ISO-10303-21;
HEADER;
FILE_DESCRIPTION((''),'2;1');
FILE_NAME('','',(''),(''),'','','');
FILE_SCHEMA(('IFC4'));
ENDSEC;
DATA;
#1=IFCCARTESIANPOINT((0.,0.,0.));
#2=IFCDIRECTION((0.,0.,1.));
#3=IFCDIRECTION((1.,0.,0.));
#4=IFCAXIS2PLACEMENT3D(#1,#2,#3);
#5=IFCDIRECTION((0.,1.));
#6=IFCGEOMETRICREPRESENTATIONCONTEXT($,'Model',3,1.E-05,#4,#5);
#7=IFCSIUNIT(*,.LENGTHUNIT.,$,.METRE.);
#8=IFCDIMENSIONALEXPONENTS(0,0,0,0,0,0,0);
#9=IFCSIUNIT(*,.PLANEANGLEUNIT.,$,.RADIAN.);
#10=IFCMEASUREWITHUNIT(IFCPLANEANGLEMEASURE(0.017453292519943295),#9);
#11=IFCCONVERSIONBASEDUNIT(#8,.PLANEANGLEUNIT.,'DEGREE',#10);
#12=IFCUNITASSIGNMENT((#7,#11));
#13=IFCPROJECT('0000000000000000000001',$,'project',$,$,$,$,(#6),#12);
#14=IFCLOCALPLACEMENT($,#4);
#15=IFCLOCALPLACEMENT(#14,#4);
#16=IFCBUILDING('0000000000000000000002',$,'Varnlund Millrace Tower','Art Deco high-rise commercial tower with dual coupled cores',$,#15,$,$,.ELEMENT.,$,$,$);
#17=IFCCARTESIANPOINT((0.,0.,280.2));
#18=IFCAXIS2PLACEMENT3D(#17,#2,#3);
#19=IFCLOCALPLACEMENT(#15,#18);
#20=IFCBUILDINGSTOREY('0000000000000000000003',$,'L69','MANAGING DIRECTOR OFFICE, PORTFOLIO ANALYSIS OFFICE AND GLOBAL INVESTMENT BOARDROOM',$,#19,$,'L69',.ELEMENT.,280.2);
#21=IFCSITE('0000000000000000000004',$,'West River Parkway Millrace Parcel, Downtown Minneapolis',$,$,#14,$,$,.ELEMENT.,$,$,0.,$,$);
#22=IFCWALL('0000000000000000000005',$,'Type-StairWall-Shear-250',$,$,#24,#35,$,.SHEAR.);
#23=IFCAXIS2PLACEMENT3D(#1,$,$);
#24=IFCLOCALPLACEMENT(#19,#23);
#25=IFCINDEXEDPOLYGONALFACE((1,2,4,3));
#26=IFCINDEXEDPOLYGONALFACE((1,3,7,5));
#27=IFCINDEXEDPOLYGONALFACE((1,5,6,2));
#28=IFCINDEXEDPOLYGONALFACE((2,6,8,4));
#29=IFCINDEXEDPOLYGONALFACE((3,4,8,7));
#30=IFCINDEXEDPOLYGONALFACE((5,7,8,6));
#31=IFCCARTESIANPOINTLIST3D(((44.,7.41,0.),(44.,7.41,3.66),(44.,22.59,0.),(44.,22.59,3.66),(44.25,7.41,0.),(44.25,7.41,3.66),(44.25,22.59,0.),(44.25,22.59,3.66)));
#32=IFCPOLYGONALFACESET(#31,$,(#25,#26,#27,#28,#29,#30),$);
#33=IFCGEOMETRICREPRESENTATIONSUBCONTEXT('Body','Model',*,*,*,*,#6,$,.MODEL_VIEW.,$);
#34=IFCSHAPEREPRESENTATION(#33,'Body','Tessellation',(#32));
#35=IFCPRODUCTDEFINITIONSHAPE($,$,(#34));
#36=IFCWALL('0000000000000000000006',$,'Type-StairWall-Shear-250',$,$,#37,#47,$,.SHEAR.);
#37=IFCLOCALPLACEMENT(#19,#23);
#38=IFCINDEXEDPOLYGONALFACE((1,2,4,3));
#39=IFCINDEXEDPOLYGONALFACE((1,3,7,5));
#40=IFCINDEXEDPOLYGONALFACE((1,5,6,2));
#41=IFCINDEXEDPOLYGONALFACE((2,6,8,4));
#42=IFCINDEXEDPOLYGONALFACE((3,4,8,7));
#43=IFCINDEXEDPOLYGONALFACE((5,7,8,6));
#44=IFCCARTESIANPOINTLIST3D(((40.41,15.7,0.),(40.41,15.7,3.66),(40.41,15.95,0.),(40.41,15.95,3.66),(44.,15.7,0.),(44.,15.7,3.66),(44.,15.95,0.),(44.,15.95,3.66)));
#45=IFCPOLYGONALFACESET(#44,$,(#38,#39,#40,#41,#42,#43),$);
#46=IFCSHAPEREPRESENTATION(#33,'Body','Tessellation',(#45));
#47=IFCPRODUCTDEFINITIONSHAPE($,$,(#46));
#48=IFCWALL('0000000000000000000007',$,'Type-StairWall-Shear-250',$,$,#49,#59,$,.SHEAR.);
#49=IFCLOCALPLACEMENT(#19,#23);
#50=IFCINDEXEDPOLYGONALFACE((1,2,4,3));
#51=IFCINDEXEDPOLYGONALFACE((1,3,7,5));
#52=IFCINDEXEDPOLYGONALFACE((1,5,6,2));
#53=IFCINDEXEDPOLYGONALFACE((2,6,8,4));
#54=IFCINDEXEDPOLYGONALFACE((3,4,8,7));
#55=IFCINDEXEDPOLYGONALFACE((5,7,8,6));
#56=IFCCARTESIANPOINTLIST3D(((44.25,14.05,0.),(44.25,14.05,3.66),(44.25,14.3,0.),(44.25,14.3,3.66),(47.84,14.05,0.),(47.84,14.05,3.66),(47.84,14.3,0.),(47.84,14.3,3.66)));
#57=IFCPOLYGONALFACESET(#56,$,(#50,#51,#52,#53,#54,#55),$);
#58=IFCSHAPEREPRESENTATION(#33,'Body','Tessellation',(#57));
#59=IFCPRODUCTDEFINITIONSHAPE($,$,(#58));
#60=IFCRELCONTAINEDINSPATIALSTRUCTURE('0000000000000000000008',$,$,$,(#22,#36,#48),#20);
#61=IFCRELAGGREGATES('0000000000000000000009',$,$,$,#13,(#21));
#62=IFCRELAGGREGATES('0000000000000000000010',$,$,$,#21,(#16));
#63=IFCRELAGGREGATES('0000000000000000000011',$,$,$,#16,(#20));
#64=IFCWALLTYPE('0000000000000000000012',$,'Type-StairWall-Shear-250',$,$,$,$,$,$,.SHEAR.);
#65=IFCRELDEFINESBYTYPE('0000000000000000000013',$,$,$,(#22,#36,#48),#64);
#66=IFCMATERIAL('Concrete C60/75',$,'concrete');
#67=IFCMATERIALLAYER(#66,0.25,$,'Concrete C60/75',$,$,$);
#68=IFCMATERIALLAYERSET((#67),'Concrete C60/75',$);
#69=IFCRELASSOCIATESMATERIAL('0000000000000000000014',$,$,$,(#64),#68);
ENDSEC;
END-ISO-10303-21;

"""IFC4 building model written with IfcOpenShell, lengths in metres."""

from ifc_helpers import new_model, entity, si_unit, converted_unit, direction, frame, origin_with_axes, place, context, subcontext, project, spatial, polyline, outline, extrude, material, layer, layer_set, type_object, element, save


model = new_model("IFC4")

# Units and contexts
model_context = context("Model", 3, precision=1e-05, world=origin_with_axes(), true_north=direction((0.0, 1.0)))
body_context = subcontext(model_context, "Body", "Model", "MODEL_VIEW")
ifc_project = project(units=[si_unit("LENGTHUNIT", "METRE"), converted_unit("PLANEANGLEUNIT", "DEGREE", entity("IfcPlaneAngleMeasure", 0.017453292519943295), si_unit("PLANEANGLEUNIT", "RADIAN"), dimensions=[0, 0, 0, 0, 0, 0, 0])], contexts=[model_context])

# Site, building, storey
site_placement = place(None, origin_with_axes())
site = spatial("IfcSite", under=ifc_project, at=site_placement, Name="West River Parkway Millrace Parcel, Downtown Minneapolis", CompositionType="ELEMENT", RefElevation=0.0)
building_placement = place(site_placement, origin_with_axes())
building = spatial("IfcBuilding", under=site, at=building_placement, Name="Varnlund Millrace Tower", Description="Art Deco high-rise commercial tower with dual coupled cores", CompositionType="ELEMENT")
storey_placement = place(building_placement, frame((0.0, 0.0, 280.2), z_axis=(0.0, 0.0, 1.0), x_axis=(1.0, 0.0, 0.0)))
storey = spatial("IfcBuildingStorey", under=building, at=storey_placement, Name="L69", Description="MANAGING DIRECTOR OFFICE, PORTFOLIO ANALYSIS OFFICE AND GLOBAL INVESTMENT BOARDROOM", LongName="L69", CompositionType="ELEMENT", Elevation=280.2)

# Shared definitions
ifc_material_1 = material(Name="Concrete C60/75", Category="concrete")

# Shared definitions
ifc_layer_1 = layer(ifc_material_1, 0.25, Name="Concrete C60/75")
ifc_layer_set_1 = layer_set([ifc_layer_1], Name="Concrete C60/75")

# Walls
wall_type_1 = type_object("IfcWallType", Name="Type-StairWall-Shear-250", PredefinedType="SHEAR", material=ifc_layer_set_1)
wall_1_placement = place(storey_placement, frame((44.125, 7.41, 0.0), z_axis=(0.0, 0.0, 1.0), x_axis=(0.0, 1.0, 0.0)))
element("IfcWall", 1, at=wall_1_placement, inside=storey, type_object=wall_type_1, Name="Type-StairWall-Shear-250", PredefinedType="SHEAR", context=body_context, shape_type="SweptSolid", body=[
    extrude(outline(polyline([(0.0, -0.125), (15.18, -0.125), (15.18, 0.125), (0.0, 0.125), (0.0, -0.125)])), origin_with_axes(), (0.0, 0.0, 1.0), 3.66),
])
for number, where, z_axis, x_axis, name in (
    (2, (40.41, 15.825, 0.0), (0.0, 0.0, 1.0), (1.0, 0.0, 0.0), "Type-StairWall-Shear-250"),
    (3, (44.25, 14.175, 0.0), (0.0, 0.0, 1.0), (1.0, 0.0, 0.0), "Type-StairWall-Shear-250"),
):
    element("IfcWall", number, at=place(storey_placement, frame(where, z_axis=z_axis, x_axis=x_axis)), inside=storey, type_object=wall_type_1, Name=name, PredefinedType="SHEAR", context=body_context, shape_type="SweptSolid", body=[
        extrude(outline(polyline([(0.0, -0.125), (3.59, -0.125), (3.59, 0.125), (0.0, 0.125), (0.0, -0.125)])), origin_with_axes(), (0.0, 0.0, 1.0), 3.66),
    ])

save(model, "model.ifc")
